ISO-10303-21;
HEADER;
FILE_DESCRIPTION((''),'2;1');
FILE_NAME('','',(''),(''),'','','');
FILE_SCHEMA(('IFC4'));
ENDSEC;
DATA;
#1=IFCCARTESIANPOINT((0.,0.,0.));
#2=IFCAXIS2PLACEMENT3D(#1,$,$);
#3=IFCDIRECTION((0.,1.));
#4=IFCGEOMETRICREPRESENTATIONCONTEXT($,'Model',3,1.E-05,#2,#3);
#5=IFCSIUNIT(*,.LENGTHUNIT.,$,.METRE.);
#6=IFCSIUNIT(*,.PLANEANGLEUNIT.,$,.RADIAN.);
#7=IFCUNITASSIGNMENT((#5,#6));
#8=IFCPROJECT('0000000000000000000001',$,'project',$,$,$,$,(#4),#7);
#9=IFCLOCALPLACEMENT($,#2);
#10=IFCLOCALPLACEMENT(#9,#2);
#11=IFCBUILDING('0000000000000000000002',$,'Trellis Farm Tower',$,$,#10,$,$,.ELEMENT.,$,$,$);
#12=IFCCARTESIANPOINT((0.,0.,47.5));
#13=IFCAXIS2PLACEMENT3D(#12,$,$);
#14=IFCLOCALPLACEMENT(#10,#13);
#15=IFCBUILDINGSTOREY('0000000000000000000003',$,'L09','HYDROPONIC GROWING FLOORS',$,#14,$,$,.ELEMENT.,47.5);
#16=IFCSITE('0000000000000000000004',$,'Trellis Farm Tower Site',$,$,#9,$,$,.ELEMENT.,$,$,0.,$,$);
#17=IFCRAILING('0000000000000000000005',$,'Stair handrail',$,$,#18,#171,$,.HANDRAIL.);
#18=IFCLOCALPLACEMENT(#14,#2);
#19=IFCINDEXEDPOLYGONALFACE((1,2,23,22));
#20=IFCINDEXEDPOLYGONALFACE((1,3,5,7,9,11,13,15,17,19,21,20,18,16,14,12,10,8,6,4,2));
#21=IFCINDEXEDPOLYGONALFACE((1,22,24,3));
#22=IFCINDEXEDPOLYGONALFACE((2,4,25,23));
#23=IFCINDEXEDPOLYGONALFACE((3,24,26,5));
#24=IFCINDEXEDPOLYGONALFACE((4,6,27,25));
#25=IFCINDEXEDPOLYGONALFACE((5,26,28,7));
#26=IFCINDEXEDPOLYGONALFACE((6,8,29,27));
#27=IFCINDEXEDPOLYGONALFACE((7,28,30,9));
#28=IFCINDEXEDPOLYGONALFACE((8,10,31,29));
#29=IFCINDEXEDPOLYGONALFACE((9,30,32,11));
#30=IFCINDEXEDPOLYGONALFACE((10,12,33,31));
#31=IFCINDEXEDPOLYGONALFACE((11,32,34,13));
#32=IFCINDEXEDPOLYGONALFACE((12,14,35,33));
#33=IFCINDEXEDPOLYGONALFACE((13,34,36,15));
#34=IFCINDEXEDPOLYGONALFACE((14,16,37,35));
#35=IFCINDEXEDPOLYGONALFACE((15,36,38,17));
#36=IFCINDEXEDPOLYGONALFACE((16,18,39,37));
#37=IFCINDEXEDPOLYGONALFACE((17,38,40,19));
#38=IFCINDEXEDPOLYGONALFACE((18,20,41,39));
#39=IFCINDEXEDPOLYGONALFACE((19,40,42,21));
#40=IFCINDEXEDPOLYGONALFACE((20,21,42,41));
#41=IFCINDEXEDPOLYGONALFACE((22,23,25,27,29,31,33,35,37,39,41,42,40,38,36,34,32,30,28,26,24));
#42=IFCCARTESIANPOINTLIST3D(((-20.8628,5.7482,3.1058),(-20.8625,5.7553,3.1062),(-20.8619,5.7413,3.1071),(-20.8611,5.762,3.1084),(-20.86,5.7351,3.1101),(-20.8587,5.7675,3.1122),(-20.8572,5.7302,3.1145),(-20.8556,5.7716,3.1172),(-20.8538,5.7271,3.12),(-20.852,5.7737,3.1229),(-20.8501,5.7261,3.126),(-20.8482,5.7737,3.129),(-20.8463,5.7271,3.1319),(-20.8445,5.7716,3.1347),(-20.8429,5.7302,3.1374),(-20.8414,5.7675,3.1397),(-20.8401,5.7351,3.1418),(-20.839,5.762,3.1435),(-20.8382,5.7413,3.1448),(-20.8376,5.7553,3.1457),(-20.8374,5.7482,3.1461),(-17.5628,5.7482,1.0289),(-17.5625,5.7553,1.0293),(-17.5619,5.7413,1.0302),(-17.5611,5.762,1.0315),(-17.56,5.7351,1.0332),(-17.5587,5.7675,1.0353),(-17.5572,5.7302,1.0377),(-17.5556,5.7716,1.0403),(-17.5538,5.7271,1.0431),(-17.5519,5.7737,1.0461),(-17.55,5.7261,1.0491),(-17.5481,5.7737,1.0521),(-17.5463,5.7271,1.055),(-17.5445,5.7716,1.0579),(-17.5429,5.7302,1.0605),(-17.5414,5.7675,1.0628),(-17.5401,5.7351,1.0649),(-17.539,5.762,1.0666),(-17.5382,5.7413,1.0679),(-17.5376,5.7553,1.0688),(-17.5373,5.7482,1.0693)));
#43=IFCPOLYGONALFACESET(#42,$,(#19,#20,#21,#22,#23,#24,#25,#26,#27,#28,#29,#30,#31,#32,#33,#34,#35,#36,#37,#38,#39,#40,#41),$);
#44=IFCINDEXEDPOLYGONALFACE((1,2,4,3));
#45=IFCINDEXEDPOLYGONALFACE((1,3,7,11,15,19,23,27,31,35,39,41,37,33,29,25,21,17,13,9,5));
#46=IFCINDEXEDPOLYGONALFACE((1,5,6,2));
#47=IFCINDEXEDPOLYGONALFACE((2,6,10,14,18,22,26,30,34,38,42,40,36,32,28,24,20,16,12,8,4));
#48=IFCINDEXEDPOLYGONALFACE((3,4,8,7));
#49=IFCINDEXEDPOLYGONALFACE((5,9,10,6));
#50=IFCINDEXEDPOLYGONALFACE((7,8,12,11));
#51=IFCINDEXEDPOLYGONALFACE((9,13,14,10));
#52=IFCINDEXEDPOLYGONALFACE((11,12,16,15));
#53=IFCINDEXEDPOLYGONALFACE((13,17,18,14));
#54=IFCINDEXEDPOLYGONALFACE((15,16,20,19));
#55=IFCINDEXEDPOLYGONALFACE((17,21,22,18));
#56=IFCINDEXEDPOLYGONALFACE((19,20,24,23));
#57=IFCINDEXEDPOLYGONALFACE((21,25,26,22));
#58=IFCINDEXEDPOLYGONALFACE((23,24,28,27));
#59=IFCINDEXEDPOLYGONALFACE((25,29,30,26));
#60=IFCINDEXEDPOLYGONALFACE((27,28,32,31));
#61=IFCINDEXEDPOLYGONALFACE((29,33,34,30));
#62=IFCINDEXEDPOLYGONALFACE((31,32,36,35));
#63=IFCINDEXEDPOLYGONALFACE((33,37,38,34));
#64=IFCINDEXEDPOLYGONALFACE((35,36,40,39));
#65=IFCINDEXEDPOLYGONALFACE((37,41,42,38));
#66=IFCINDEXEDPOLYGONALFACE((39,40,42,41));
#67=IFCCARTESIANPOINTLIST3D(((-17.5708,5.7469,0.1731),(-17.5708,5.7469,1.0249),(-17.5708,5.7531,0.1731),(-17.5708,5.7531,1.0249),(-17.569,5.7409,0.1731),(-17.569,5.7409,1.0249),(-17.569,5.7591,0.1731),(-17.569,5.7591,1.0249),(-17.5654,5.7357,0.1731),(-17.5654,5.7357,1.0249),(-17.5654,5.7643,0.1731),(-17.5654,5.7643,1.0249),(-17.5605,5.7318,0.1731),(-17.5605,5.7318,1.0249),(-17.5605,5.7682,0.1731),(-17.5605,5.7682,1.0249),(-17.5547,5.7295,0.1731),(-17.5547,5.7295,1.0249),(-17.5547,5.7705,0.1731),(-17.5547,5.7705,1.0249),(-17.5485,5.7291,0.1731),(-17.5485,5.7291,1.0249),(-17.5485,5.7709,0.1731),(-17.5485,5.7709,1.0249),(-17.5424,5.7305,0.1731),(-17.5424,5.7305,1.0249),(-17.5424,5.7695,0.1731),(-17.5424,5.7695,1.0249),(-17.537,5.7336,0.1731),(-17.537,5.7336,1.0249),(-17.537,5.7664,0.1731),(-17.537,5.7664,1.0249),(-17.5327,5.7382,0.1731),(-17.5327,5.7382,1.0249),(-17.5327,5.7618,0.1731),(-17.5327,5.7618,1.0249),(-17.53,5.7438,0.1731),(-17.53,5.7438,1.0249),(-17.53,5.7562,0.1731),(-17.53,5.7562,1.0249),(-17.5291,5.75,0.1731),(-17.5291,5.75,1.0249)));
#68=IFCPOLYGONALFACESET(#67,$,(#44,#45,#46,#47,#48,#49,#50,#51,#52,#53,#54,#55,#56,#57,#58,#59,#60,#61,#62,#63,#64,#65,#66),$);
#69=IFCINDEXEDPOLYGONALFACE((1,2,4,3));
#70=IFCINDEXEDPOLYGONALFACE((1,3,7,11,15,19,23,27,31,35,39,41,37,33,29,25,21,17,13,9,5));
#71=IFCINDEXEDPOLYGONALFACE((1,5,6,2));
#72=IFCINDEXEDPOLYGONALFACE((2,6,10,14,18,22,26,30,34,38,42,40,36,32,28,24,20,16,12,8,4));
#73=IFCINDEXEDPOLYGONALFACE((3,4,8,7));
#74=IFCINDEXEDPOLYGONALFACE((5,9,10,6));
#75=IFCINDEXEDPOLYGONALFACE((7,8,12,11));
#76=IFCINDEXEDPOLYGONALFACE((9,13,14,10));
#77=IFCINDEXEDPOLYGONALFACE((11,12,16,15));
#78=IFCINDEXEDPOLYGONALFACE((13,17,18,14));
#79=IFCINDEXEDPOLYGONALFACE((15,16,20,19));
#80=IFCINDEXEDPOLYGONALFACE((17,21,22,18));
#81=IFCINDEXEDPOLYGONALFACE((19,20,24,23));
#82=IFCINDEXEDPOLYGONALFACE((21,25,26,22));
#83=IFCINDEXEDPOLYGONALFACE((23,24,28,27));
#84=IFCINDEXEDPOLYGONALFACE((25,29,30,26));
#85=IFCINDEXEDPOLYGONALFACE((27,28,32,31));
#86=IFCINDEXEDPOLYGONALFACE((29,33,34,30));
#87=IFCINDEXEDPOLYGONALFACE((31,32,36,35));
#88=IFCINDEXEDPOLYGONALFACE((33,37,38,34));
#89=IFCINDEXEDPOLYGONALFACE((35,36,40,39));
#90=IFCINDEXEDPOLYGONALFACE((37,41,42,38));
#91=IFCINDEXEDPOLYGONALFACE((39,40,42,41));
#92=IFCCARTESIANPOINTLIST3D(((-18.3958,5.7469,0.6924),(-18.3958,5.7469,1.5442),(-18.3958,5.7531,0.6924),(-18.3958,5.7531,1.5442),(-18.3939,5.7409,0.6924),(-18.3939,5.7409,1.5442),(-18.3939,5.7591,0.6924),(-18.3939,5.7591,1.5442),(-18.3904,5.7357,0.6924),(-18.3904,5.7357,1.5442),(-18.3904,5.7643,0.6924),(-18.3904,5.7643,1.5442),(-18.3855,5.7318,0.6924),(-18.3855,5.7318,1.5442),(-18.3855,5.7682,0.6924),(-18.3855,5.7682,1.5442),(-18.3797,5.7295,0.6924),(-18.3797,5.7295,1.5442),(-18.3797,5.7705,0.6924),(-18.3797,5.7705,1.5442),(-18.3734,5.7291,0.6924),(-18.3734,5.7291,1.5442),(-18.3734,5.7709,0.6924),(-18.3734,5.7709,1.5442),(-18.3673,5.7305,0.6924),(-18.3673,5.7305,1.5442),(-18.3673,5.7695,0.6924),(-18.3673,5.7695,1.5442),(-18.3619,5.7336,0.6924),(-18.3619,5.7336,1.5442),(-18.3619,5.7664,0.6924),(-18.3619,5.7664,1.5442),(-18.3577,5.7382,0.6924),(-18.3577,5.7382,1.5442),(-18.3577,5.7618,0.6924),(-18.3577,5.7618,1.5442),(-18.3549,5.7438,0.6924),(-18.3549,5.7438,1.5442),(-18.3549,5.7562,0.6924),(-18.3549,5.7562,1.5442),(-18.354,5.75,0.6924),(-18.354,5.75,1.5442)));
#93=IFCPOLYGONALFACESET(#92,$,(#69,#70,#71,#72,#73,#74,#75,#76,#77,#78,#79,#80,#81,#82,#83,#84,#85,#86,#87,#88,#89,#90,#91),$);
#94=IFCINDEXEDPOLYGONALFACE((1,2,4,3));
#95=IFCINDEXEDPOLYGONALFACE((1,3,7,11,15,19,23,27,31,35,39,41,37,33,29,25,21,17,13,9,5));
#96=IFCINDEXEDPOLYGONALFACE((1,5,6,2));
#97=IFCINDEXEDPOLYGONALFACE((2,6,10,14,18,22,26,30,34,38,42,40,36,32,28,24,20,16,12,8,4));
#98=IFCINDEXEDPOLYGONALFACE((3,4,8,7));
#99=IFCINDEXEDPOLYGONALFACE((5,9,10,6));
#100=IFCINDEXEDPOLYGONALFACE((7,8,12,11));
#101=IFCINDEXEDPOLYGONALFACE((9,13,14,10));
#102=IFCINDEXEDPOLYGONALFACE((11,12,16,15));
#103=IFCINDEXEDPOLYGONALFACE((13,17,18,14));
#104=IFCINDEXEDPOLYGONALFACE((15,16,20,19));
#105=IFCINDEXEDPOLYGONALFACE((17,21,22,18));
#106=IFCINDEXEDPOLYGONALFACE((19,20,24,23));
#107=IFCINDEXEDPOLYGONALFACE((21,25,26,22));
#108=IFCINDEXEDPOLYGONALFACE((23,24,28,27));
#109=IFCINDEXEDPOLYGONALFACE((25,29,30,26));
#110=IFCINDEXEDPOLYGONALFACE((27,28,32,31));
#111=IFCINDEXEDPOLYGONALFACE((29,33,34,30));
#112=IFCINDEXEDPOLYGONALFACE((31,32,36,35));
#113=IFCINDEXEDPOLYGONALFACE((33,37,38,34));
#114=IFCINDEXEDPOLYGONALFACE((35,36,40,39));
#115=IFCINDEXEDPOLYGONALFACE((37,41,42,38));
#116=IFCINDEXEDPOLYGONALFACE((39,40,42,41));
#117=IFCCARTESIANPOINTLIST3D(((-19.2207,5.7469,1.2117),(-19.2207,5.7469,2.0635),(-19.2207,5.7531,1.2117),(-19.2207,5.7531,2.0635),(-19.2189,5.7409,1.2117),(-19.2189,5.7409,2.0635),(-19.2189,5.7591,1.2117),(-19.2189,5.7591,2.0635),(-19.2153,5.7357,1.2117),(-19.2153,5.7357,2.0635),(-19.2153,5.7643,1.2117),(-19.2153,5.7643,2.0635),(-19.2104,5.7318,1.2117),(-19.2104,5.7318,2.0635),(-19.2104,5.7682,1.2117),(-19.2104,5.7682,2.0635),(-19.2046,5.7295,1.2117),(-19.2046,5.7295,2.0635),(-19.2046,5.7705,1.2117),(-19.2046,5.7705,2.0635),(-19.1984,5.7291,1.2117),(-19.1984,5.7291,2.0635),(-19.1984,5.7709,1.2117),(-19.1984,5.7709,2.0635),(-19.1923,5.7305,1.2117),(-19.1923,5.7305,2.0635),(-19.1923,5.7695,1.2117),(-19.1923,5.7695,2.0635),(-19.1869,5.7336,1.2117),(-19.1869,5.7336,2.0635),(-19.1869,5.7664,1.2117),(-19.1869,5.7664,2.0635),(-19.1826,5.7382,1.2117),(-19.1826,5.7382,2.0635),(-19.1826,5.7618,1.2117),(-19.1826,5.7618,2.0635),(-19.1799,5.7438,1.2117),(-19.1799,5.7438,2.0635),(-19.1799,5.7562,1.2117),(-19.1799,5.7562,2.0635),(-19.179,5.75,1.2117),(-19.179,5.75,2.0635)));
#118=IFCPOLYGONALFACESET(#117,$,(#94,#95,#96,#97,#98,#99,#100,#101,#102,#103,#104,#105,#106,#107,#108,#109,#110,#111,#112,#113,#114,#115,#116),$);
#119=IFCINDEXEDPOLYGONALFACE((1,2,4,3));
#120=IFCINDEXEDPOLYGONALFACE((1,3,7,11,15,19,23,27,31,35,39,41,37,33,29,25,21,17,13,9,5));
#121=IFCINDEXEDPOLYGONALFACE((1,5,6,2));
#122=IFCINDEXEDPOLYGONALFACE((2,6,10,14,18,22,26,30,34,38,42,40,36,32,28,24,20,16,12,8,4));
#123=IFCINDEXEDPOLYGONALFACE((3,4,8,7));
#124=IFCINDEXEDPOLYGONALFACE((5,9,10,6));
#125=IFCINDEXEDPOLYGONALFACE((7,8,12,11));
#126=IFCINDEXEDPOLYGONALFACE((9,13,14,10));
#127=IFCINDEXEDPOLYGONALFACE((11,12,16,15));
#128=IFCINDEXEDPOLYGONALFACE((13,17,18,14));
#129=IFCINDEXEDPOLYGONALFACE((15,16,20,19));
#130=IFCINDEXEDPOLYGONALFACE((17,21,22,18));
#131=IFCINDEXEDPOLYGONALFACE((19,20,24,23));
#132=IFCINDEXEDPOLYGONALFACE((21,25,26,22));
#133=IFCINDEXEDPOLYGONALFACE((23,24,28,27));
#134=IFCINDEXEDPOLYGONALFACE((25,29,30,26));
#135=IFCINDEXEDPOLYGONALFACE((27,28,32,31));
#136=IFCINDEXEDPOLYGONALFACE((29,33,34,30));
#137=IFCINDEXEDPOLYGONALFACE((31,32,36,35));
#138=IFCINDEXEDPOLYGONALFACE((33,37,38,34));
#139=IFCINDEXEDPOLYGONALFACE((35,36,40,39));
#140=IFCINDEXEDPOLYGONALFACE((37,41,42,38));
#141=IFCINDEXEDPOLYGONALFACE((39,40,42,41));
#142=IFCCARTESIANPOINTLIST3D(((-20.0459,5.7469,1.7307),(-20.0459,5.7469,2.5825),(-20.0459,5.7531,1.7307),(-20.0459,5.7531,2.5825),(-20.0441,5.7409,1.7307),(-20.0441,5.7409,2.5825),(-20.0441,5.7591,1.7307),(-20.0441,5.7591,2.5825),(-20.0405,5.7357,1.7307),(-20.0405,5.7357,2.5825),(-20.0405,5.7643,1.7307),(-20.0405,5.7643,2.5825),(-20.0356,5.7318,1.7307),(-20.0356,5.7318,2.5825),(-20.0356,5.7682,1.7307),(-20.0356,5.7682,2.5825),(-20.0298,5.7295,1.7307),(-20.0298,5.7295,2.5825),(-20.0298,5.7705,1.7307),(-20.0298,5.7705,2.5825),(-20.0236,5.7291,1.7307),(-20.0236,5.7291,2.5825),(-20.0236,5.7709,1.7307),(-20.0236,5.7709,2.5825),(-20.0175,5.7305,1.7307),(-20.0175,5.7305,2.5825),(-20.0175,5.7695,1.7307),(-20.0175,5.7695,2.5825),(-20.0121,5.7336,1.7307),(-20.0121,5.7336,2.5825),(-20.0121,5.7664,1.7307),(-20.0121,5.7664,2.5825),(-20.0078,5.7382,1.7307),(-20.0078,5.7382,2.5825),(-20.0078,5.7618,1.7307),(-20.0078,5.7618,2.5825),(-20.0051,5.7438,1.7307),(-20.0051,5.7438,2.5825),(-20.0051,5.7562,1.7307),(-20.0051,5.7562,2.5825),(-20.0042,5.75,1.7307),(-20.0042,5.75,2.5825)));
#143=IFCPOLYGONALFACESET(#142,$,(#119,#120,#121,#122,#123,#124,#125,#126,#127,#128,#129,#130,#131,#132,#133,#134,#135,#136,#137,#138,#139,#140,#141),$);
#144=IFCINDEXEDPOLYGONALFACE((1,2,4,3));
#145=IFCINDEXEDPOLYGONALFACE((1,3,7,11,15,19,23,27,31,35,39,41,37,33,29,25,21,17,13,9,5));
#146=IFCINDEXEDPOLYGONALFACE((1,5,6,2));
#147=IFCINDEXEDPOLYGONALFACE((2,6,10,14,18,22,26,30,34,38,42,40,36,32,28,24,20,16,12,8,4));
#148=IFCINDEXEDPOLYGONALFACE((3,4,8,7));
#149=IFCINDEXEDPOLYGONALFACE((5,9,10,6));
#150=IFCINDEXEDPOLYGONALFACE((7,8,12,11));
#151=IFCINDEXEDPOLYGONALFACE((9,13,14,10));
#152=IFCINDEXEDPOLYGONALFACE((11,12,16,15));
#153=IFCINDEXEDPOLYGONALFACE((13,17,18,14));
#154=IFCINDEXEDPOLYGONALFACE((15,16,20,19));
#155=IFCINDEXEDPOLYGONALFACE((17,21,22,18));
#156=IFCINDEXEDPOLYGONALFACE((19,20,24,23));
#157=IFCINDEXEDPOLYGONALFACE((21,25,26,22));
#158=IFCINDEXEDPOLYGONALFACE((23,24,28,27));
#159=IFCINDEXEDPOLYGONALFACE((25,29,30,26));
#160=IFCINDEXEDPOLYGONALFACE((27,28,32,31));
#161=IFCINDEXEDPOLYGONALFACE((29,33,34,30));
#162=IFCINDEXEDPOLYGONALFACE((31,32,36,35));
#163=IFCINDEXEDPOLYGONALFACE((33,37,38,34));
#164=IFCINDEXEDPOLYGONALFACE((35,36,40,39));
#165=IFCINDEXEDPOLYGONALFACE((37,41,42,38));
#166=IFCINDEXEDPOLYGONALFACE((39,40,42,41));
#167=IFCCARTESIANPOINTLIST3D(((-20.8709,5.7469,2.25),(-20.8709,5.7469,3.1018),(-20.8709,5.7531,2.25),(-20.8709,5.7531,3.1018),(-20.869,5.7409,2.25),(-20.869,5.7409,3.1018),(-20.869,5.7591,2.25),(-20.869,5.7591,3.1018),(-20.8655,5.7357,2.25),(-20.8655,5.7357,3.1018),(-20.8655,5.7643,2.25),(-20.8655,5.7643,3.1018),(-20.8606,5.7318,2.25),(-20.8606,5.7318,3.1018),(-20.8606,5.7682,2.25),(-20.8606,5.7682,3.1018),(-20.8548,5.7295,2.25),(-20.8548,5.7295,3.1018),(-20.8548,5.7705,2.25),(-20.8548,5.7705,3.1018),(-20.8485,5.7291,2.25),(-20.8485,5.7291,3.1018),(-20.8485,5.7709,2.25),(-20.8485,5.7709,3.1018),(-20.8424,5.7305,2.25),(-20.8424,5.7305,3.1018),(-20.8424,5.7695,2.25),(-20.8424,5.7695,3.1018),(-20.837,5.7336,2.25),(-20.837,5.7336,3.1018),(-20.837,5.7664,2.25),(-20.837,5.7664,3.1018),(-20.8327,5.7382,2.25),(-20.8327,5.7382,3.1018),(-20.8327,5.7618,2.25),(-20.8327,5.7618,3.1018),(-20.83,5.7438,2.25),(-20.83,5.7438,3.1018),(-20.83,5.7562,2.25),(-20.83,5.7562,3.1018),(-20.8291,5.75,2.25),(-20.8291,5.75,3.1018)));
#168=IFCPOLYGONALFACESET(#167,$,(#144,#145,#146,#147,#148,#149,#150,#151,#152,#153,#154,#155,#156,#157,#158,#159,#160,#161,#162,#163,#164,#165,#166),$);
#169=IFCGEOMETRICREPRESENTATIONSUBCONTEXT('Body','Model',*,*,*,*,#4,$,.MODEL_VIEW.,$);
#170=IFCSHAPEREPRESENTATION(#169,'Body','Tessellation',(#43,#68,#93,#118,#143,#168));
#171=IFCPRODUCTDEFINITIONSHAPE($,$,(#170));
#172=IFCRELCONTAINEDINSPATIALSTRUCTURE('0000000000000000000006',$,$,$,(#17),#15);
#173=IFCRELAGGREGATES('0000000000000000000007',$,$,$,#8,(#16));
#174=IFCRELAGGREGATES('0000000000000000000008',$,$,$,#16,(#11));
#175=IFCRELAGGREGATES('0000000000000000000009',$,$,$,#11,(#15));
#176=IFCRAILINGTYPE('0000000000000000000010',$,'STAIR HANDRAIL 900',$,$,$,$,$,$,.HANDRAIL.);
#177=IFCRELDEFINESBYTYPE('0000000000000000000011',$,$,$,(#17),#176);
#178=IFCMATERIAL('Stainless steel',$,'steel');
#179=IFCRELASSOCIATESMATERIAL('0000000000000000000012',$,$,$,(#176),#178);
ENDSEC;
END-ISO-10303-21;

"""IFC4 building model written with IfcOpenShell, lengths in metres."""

from ifc_helpers import new_model, si_unit, direction, frame, origin, origin_2d, place, context, subcontext, project, spatial, circle, extrude, source, transform, mapped, material, type_object, element, save


model = new_model("IFC4")

# Units and contexts
model_context = context("Model", 3, precision=1e-05, world=origin(), true_north=direction((0.0, 1.0)))
body_context = subcontext(model_context, "Body", "Model", "MODEL_VIEW")
ifc_project = project(units=[si_unit("LENGTHUNIT", "METRE"), si_unit("PLANEANGLEUNIT", "RADIAN")], contexts=[model_context])

# Site, building, storey
site_placement = place(None, origin())
site = spatial("IfcSite", under=ifc_project, at=site_placement, Name="Trellis Farm Tower Site", CompositionType="ELEMENT", RefElevation=0.0)
building_placement = place(site_placement, origin())
building = spatial("IfcBuilding", under=site, at=building_placement, Name="Trellis Farm Tower", CompositionType="ELEMENT")
storey_placement = place(building_placement, frame((0.0, 0.0, 47.5)))
storey = spatial("IfcBuildingStorey", under=building, at=storey_placement, Name="L09", Description="HYDROPONIC GROWING FLOORS", CompositionType="ELEMENT", Elevation=47.5)

# Shared definitions
ifc_material_1 = material(Name="Stainless steel", Category="steel")

# Railing
railing_type = type_object("IfcRailingType", Name="STAIR HANDRAIL 900", PredefinedType="HANDRAIL", material=ifc_material_1)
shared_shape_1 = source(origin(), body_context, "Body", "SweptSolid", [
    extrude(circle(Radius=0.0239, at=origin_2d()), frame((0.0, 0.0, 0.876), z_axis=(-0.846337, 0.0, 0.532647), x_axis=(0.0, -1.0, 0.0)), (0.0, 0.0, 1.0), 3.8992),
    extrude(circle(Radius=0.021, at=origin_2d()), origin(), (0.0, 0.0, 1.0), 0.8518),
    extrude(circle(Radius=0.021, at=origin_2d()), frame((-0.825, 0.0, 0.5193)), (0.0, 0.0, 1.0), 0.8518),
    extrude(circle(Radius=0.021, at=origin_2d()), frame((-1.6499, 0.0, 1.0386)), (0.0, 0.0, 1.0), 0.8518),
    extrude(circle(Radius=0.021, at=origin_2d()), frame((-2.4751, 0.0, 1.5576)), (0.0, 0.0, 1.0), 0.8518),
    extrude(circle(Radius=0.021, at=origin_2d()), frame((-3.3, 0.0, 2.0769)), (0.0, 0.0, 1.0), 0.8518),
])
for number, where, name in (
    (1, (-17.55, 5.75, 0.1731), "Stair handrail"),
):
    element("IfcRailing", number, at=place(storey_placement, frame(where)), inside=storey, type_object=railing_type, Name=name, PredefinedType="HANDRAIL", context=body_context, shape_type="MappedRepresentation", body=[
        mapped(shared_shape_1, transform((0.0, 0.0, 0.0))),
    ])

save(model, "model.ifc")
